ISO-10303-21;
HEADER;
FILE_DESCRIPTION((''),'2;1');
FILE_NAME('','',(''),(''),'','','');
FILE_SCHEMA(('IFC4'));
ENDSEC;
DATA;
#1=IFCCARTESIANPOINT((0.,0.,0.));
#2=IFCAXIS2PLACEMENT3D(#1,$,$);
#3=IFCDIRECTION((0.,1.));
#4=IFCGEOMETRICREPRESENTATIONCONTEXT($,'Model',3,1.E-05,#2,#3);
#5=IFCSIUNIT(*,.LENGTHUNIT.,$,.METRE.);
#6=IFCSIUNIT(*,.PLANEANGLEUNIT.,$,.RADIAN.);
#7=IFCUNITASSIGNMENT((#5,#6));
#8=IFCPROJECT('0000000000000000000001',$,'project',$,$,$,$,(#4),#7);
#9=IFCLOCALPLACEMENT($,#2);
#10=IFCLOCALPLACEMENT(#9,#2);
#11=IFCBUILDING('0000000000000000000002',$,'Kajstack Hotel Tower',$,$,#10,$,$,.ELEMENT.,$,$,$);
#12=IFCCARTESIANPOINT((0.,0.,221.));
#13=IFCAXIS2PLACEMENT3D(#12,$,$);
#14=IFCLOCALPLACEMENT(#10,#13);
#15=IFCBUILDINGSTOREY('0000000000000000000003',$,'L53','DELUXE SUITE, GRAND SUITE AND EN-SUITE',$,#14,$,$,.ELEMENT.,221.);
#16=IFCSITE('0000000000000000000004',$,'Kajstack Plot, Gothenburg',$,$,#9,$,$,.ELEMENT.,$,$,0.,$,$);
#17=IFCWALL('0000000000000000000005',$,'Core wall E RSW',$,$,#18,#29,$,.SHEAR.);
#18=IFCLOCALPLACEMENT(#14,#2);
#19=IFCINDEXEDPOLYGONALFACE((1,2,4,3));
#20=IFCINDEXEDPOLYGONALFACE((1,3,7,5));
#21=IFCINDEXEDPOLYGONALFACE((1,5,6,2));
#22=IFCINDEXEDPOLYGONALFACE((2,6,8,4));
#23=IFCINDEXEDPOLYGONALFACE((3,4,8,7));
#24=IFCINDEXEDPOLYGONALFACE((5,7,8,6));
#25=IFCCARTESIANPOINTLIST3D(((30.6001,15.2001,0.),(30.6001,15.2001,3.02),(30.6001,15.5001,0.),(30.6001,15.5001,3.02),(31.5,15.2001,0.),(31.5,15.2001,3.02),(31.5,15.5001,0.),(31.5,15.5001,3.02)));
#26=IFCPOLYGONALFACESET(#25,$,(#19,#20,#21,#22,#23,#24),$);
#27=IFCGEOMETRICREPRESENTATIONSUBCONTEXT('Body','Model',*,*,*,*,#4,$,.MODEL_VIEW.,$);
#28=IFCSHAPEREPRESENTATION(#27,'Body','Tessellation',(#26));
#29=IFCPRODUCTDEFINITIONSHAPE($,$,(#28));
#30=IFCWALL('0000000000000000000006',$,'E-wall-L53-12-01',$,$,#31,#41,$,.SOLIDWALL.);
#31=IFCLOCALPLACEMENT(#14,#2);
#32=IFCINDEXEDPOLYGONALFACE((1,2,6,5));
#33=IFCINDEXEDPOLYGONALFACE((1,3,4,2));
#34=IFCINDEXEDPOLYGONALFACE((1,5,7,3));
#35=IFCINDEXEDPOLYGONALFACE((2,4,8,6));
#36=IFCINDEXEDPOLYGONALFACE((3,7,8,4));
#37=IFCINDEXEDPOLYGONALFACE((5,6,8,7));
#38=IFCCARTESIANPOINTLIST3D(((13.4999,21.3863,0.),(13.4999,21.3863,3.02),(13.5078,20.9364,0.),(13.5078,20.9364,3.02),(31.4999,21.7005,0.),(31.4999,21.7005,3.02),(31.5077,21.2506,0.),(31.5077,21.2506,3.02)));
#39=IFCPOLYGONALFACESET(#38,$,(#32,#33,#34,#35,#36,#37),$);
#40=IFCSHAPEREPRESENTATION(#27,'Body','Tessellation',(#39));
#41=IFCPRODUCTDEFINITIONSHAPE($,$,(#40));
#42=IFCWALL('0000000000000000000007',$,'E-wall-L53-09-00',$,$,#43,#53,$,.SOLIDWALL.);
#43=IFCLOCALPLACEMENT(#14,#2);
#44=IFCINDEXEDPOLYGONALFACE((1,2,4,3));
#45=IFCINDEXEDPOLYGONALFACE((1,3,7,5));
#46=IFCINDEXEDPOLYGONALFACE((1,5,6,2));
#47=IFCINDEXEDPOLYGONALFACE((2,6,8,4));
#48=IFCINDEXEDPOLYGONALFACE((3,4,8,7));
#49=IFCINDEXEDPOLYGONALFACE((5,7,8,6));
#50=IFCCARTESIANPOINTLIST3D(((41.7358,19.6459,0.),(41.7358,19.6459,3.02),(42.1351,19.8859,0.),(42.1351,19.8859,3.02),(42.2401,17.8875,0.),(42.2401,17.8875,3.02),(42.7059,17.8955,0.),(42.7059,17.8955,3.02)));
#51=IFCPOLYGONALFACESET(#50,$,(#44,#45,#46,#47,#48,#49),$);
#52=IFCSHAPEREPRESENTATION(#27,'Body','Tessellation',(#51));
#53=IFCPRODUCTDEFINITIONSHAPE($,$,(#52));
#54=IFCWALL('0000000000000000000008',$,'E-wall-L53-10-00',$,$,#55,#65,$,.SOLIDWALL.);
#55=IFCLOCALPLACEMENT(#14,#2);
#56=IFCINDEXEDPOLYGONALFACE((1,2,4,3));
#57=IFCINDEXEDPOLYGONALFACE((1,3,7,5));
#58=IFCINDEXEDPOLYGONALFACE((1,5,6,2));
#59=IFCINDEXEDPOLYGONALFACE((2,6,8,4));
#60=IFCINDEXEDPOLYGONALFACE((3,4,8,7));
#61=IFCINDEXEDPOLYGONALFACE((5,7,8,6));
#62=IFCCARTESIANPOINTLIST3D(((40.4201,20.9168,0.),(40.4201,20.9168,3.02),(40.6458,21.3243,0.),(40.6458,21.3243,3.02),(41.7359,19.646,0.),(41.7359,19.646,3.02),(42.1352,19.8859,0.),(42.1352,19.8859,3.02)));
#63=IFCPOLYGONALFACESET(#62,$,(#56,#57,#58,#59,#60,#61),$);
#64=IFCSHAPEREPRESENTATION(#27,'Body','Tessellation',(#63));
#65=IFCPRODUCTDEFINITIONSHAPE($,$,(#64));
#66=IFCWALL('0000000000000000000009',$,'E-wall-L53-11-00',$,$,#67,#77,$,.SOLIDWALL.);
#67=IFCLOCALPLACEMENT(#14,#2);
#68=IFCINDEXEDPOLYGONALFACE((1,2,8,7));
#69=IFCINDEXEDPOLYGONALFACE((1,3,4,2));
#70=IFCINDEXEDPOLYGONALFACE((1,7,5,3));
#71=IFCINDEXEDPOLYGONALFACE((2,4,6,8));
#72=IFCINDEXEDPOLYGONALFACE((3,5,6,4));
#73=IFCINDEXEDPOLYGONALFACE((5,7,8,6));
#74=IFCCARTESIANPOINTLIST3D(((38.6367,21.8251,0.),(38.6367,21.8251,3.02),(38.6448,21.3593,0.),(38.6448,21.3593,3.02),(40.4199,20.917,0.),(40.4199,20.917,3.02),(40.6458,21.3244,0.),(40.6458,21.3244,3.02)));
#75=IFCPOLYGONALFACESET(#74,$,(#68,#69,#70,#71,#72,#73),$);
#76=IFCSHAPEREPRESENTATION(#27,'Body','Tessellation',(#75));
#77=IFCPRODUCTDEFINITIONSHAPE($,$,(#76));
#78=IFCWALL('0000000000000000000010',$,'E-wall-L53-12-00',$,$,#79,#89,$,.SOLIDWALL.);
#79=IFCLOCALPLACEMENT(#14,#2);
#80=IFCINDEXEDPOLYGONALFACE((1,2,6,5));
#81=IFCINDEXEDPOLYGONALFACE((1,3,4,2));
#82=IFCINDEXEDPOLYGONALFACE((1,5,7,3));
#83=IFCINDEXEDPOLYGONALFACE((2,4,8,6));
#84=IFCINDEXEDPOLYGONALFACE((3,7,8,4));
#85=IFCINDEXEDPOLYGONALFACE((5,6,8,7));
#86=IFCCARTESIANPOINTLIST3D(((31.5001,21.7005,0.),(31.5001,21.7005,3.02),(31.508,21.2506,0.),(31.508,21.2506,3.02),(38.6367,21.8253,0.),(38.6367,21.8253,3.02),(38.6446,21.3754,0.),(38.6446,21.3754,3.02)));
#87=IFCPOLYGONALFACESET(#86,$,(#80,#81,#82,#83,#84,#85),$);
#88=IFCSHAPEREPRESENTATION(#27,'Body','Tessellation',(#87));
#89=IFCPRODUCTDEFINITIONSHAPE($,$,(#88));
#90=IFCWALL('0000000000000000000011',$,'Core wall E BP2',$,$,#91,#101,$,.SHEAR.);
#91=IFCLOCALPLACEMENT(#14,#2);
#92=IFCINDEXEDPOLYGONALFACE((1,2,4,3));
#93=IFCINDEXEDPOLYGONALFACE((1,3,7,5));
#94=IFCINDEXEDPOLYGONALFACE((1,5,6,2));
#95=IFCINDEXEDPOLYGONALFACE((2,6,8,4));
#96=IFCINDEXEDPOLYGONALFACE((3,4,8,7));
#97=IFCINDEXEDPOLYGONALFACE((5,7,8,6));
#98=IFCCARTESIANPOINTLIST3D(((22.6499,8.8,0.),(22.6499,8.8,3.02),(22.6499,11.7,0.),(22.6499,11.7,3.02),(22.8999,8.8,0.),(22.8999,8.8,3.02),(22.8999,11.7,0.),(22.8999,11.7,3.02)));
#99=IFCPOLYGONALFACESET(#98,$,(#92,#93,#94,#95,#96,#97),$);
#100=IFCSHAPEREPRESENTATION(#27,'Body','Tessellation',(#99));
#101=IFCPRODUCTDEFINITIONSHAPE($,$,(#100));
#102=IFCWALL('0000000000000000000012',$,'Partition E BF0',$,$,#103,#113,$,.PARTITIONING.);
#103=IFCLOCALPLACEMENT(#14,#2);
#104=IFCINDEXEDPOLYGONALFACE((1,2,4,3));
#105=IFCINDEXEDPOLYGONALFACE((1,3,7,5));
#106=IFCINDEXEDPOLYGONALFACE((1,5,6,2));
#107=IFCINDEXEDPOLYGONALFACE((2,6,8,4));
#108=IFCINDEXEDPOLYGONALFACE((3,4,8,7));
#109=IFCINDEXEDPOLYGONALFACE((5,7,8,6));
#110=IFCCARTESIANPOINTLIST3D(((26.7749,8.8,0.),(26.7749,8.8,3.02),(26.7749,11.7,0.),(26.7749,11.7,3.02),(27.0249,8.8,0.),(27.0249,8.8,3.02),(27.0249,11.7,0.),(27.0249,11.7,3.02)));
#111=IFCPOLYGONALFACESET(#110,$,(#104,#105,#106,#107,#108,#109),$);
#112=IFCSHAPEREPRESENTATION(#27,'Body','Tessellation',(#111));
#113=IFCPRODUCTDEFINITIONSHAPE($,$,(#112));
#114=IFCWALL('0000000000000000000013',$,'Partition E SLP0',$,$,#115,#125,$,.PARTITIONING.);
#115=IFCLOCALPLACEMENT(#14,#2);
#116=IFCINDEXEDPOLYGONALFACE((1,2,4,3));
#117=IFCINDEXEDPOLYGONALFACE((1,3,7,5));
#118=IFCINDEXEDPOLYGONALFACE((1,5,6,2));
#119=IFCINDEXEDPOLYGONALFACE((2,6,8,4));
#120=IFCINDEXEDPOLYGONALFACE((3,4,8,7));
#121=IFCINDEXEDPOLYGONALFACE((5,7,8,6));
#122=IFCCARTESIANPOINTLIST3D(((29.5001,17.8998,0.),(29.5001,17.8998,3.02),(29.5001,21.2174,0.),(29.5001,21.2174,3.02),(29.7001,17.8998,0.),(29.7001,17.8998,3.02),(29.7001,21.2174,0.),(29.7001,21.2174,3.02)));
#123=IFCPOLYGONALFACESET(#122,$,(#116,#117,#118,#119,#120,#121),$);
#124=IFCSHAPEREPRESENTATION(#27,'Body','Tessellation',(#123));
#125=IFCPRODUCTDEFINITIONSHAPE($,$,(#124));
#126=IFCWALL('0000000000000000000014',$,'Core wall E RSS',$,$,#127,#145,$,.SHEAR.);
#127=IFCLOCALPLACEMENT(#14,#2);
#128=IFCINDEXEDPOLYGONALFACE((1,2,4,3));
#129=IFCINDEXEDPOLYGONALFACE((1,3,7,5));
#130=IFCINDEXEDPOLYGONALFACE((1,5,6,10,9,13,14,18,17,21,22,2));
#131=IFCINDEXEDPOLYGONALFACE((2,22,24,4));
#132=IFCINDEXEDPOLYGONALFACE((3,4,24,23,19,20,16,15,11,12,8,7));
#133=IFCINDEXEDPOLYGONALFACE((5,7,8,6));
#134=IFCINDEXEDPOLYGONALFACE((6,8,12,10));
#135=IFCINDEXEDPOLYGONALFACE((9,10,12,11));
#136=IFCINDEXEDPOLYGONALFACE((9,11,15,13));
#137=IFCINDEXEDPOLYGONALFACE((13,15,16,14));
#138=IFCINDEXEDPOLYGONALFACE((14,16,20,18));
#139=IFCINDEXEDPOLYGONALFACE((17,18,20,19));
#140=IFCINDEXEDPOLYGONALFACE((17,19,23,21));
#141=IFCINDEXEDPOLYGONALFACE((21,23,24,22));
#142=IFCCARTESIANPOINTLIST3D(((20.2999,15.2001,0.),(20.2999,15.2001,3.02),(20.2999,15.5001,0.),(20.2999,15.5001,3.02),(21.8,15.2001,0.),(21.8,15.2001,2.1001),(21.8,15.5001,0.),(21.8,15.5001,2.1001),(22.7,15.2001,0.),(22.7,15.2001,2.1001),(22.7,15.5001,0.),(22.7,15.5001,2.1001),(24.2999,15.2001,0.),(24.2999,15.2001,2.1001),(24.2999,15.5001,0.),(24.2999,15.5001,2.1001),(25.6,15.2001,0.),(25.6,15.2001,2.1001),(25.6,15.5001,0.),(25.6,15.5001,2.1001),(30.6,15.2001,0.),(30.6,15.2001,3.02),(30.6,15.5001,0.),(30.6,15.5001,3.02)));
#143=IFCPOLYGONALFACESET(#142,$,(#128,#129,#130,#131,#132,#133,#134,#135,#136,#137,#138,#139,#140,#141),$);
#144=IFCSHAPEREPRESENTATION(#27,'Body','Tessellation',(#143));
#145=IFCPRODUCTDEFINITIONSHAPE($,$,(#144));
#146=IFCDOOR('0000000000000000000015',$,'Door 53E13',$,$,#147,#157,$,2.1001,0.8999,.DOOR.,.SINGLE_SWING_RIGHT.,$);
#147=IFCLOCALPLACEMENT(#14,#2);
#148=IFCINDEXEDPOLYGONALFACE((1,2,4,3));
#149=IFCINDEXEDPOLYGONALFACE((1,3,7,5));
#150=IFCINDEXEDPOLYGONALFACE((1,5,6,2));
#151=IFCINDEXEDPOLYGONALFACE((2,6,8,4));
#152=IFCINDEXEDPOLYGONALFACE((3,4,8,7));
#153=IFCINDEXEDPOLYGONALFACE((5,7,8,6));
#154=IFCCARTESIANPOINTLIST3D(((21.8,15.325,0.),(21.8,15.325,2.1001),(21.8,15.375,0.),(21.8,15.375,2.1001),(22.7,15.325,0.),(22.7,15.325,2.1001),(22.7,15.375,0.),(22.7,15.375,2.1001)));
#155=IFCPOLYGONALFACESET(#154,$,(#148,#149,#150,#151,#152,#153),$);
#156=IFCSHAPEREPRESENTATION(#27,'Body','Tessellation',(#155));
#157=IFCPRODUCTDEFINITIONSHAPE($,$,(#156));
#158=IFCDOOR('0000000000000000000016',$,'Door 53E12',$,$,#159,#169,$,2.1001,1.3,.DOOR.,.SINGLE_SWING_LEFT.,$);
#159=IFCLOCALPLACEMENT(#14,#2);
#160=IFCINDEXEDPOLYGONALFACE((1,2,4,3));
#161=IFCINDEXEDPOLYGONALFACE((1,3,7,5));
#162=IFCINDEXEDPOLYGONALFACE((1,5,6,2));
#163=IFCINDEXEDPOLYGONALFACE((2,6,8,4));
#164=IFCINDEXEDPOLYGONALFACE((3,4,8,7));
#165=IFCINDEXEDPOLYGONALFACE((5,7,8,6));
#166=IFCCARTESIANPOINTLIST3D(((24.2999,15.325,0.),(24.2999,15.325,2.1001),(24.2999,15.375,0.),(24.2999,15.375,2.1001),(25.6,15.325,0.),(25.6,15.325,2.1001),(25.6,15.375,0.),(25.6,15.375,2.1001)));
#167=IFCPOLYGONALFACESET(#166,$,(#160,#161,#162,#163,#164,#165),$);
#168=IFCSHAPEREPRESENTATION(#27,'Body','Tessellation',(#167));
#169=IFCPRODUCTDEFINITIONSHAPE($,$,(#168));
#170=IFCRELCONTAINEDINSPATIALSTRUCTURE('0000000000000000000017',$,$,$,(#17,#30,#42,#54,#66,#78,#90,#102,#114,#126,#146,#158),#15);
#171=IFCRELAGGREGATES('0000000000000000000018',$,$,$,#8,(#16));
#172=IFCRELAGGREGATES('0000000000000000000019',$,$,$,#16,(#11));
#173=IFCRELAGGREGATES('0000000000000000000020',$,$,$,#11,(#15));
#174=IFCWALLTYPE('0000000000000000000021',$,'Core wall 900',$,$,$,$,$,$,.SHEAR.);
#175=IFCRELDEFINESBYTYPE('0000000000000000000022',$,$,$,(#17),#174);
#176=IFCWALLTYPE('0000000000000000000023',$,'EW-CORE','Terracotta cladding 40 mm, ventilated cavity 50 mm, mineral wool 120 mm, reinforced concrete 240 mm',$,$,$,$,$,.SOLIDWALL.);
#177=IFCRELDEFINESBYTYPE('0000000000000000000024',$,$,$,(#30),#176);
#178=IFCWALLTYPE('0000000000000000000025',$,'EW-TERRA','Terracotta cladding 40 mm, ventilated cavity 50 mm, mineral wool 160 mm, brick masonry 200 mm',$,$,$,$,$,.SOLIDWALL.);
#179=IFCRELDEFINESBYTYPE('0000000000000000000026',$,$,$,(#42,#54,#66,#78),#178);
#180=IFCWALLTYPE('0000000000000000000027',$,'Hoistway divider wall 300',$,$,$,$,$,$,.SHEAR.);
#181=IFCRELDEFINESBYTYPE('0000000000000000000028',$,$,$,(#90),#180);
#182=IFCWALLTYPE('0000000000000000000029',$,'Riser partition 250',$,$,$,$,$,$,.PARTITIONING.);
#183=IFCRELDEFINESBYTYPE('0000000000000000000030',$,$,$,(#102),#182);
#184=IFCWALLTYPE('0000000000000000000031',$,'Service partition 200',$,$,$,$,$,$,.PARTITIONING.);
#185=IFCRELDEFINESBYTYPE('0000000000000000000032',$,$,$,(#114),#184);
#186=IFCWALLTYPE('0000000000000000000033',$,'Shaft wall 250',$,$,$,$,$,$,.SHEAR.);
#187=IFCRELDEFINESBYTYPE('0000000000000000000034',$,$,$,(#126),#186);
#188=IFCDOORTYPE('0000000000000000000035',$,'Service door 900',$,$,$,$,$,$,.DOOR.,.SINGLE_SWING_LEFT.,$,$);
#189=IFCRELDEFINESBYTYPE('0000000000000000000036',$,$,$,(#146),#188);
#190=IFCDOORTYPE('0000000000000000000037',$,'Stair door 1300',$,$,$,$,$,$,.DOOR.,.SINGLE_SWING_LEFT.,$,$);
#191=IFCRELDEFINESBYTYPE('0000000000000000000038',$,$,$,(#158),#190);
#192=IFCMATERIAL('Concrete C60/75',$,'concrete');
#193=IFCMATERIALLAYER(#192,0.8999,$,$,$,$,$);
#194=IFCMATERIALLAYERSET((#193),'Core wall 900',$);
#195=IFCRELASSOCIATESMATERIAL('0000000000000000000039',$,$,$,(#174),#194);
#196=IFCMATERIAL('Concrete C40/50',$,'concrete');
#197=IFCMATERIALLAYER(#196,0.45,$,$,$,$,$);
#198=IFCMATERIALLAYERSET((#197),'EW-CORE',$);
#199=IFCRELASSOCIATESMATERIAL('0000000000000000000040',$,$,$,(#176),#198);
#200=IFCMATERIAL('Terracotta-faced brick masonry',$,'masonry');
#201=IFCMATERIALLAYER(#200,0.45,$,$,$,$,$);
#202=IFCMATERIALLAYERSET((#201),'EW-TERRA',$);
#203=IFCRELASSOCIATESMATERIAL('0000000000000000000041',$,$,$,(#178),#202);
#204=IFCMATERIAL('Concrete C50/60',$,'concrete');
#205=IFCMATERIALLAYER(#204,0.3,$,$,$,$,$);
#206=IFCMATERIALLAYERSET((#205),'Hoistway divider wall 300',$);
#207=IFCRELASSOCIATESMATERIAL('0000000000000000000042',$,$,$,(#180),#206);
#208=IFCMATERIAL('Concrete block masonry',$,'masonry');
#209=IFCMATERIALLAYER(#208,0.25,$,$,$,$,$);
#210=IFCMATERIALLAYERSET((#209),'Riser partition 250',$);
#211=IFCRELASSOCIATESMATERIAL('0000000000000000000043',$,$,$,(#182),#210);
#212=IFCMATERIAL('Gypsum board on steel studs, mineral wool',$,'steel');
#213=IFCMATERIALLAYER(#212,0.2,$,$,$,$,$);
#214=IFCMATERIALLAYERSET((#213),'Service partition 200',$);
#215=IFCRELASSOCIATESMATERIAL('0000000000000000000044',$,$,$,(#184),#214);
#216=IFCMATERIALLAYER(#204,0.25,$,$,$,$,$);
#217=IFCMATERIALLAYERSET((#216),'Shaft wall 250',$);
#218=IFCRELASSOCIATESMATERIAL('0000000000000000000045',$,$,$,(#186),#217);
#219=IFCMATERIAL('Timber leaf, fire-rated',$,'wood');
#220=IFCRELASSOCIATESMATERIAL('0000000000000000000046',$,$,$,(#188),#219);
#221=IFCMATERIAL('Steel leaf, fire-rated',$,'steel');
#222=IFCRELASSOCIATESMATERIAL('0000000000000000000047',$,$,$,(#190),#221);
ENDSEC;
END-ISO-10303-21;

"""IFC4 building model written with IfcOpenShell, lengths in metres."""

from ifc_helpers import new_model, si_unit, direction, frame, frame_2d, origin, place, context, subcontext, project, spatial, polyline, rectangle, outline, extrude, material, layer, layer_set, type_object, element, fill, save


model = new_model("IFC4")

# Units and contexts
model_context = context("Model", 3, precision=1e-05, world=origin(), true_north=direction((0.0, 1.0)))
body_context = subcontext(model_context, "Body", "Model", "MODEL_VIEW")
ifc_project = project(units=[si_unit("LENGTHUNIT", "METRE"), si_unit("PLANEANGLEUNIT", "RADIAN")], contexts=[model_context])

# Site, building, storey
site_placement = place(None, origin())
site = spatial("IfcSite", under=ifc_project, at=site_placement, Name="Kajstack Plot, Gothenburg", CompositionType="ELEMENT", RefElevation=0.0)
building_placement = place(site_placement, origin())
building = spatial("IfcBuilding", under=site, at=building_placement, Name="Kajstack Hotel Tower", CompositionType="ELEMENT")
storey_placement = place(building_placement, frame((0.0, 0.0, 221.0)))
storey = spatial("IfcBuildingStorey", under=building, at=storey_placement, Name="L53", Description="DELUXE SUITE, GRAND SUITE AND EN-SUITE", CompositionType="ELEMENT", Elevation=221.0)

# Walls
ifc_material_1 = material(Name="Concrete C60/75", Category="concrete")
ifc_layer_1 = layer(ifc_material_1, 0.8999)
ifc_layer_set_1 = layer_set([ifc_layer_1], Name="Core wall 900")
wall_type_1 = type_object("IfcWallType", Name="Core wall 900", PredefinedType="SHEAR", material=ifc_layer_set_1)
wall_1_placement = place(storey_placement, frame((30.6001, 15.3501, 0.0), z_axis=(0.0, 0.0, 1.0), x_axis=(1.0, 0.0, 0.0)))
element("IfcWall", 1, at=wall_1_placement, inside=storey, type_object=wall_type_1, Name="Core wall E RSW", PredefinedType="SHEAR", context=body_context, shape_type="SweptSolid", body=[
    extrude(rectangle(XDim=0.8999, YDim=0.3, at=frame_2d((0.45, 0.0))), origin(), (0.0, 0.0, 1.0), 3.02),
])
ifc_material_2 = material(Name="Concrete C40/50", Category="concrete")
ifc_layer_2 = layer(ifc_material_2, 0.45)
ifc_layer_set_2 = layer_set([ifc_layer_2], Name="EW-CORE")
wall_type_2 = type_object("IfcWallType", Name="EW-CORE", Description="Terracotta cladding 40 mm, ventilated cavity 50 mm, mineral wool 120 mm, reinforced concrete 240 mm", PredefinedType="SOLIDWALL", material=ifc_layer_set_2)
wall_2_placement = place(storey_placement, frame((31.5039, 21.4756, 0.0), z_axis=(0.0, 0.0, 1.0), x_axis=(-0.999848, -0.017453, 0.0)))
element("IfcWall", 2, at=wall_2_placement, inside=storey, type_object=wall_type_2, Name="E-wall-L53-12-01", PredefinedType="SOLIDWALL", context=body_context, shape_type="SweptSolid", body=[
    extrude(rectangle(XDim=18.0027, YDim=0.45, at=frame_2d((9.0015, 0.0))), origin(), (0.0, 0.0, 1.0), 3.02),
])
ifc_material_3 = material(Name="Terracotta-faced brick masonry", Category="masonry")
ifc_layer_3 = layer(ifc_material_3, 0.45)
ifc_layer_set_3 = layer_set([ifc_layer_3], Name="EW-TERRA")
wall_type_3 = type_object("IfcWallType", Name="EW-TERRA", Description="Terracotta cladding 40 mm, ventilated cavity 50 mm, mineral wool 160 mm, brick masonry 200 mm", PredefinedType="SOLIDWALL", material=ifc_layer_set_3)
wall_3_placement = place(storey_placement, frame((42.4895, 17.8335, 0.0), z_axis=(0.0, 0.0, 1.0), x_axis=(-0.275546, 0.961288, 0.0)))
element("IfcWall", 3, at=wall_3_placement, inside=storey, type_object=wall_type_3, Name="E-wall-L53-09-00", PredefinedType="SOLIDWALL", context=body_context, shape_type="SweptSolid", body=[
    extrude(outline(polyline([(0.0, -0.2251), (2.0706, -0.2249), (1.95, 0.2251), (0.1206, 0.2249), (0.0, -0.2251)])), origin(), (0.0, 0.0, 1.0), 3.02),
])
wall_4_placement = place(storey_placement, frame((41.979, 19.7241, 0.0), z_axis=(0.0, 0.0, 1.0), x_axis=(-0.719379, 0.694618, 0.0)))
element("IfcWall", 4, at=wall_4_placement, inside=storey, type_object=wall_type_3, Name="E-wall-L53-10-00", PredefinedType="SOLIDWALL", context=body_context, shape_type="SweptSolid", body=[
    extrude(outline(polyline([(0.0, -0.2249), (2.0706, -0.2251), (1.95, 0.2249), (0.1206, 0.2251), (0.0, -0.2249)])), origin(), (0.0, 0.0, 1.0), 3.02),
])
wall_5_placement = place(storey_placement, frame((40.5913, 21.106, 0.0), z_axis=(0.0, 0.0, 1.0), x_axis=(-0.970288, 0.241953, 0.0)))
element("IfcWall", 5, at=wall_5_placement, inside=storey, type_object=wall_type_3, Name="E-wall-L53-11-00", PredefinedType="SOLIDWALL", context=body_context, shape_type="SweptSolid", body=[
    extrude(outline(polyline([(0.0, -0.2251), (2.0706, -0.2249), (1.95, 0.2251), (0.1206, 0.2249), (0.0, -0.2251)])), origin(), (0.0, 0.0, 1.0), 3.02),
])
wall_6_placement = place(storey_placement, frame((38.6406, 21.6003, 0.0), z_axis=(0.0, 0.0, 1.0), x_axis=(-0.999847, -0.017478, 0.0)))
element("IfcWall", 6, at=wall_6_placement, inside=storey, type_object=wall_type_3, Name="E-wall-L53-12-00", PredefinedType="SOLIDWALL", context=body_context, shape_type="SweptSolid", body=[
    extrude(rectangle(XDim=7.1377, YDim=0.45, at=frame_2d((3.5688, 0.0))), origin(), (0.0, 0.0, 1.0), 3.02),
])
ifc_material_4 = material(Name="Concrete C50/60", Category="concrete")
ifc_layer_4 = layer(ifc_material_4, 0.3)
ifc_layer_set_4 = layer_set([ifc_layer_4], Name="Hoistway divider wall 300")
wall_type_4 = type_object("IfcWallType", Name="Hoistway divider wall 300", PredefinedType="SHEAR", material=ifc_layer_set_4)
wall_7_placement = place(storey_placement, frame((22.7749, 8.8, 0.0), z_axis=(0.0, 0.0, 1.0), x_axis=(0.0, 1.0, 0.0)))
element("IfcWall", 7, at=wall_7_placement, inside=storey, type_object=wall_type_4, Name="Core wall E BP2", PredefinedType="SHEAR", context=body_context, shape_type="SweptSolid", body=[
    extrude(rectangle(XDim=2.8999, YDim=0.25, at=frame_2d((1.45, 0.0))), origin(), (0.0, 0.0, 1.0), 3.02),
])
ifc_material_5 = material(Name="Concrete block masonry", Category="masonry")
ifc_layer_5 = layer(ifc_material_5, 0.25)
ifc_layer_set_5 = layer_set([ifc_layer_5], Name="Riser partition 250")
wall_type_5 = type_object("IfcWallType", Name="Riser partition 250", PredefinedType="PARTITIONING", material=ifc_layer_set_5)
wall_8_placement = place(storey_placement, frame((26.8999, 8.8, 0.0), z_axis=(0.0, 0.0, 1.0), x_axis=(0.0, 1.0, 0.0)))
element("IfcWall", 8, at=wall_8_placement, inside=storey, type_object=wall_type_5, Name="Partition E BF0", PredefinedType="PARTITIONING", context=body_context, shape_type="SweptSolid", body=[
    extrude(rectangle(XDim=2.8999, YDim=0.25, at=frame_2d((1.45, 0.0))), origin(), (0.0, 0.0, 1.0), 3.02),
])
ifc_material_6 = material(Name="Gypsum board on steel studs, mineral wool", Category="steel")
ifc_layer_6 = layer(ifc_material_6, 0.2)
ifc_layer_set_6 = layer_set([ifc_layer_6], Name="Service partition 200")
wall_type_6 = type_object("IfcWallType", Name="Service partition 200", PredefinedType="PARTITIONING", material=ifc_layer_set_6)
wall_9_placement = place(storey_placement, frame((29.6001, 17.8999, 0.0), z_axis=(0.0, 0.0, 1.0), x_axis=(0.0, 1.0, 0.0)))
element("IfcWall", 9, at=wall_9_placement, inside=storey, type_object=wall_type_6, Name="Partition E SLP0", PredefinedType="PARTITIONING", context=body_context, shape_type="SweptSolid", body=[
    extrude(rectangle(XDim=3.3176, YDim=0.2, at=frame_2d((1.6587, 0.0))), origin(), (0.0, 0.0, 1.0), 3.02),
])

# Wall, openings, doors
ifc_layer_7 = layer(ifc_material_4, 0.25)
ifc_layer_set_7 = layer_set([ifc_layer_7], Name="Shaft wall 250")
wall_type_7 = type_object("IfcWallType", Name="Shaft wall 250", PredefinedType="SHEAR", material=ifc_layer_set_7)
wall_10_placement = place(storey_placement, frame((20.3, 15.3501, 0.0), z_axis=(0.0, 0.0, 1.0), x_axis=(1.0, 0.0, 0.0)))
wall_10 = element("IfcWall", 10, at=wall_10_placement, inside=storey, type_object=wall_type_7, Name="Core wall E RSS", PredefinedType="SHEAR", context=body_context, shape_type="SweptSolid", body=[
    extrude(rectangle(XDim=10.3, YDim=0.3, at=frame_2d((5.1499, 0.0))), origin(), (0.0, 0.0, 1.0), 3.02),
])
opening_1_placement = place(wall_10_placement, frame((4.0, 0.0, 0.0)))
opening_1 = element("IfcOpeningElement", 11, at=opening_1_placement, cuts=wall_10, PredefinedType="OPENING", context=body_context, shape_type="SweptSolid", body=[
    extrude(rectangle(XDim=1.3, YDim=2.1001, at=frame_2d((0.6499, 1.05))), frame((0.0, 0.1599, 0.0), z_axis=(0.0, -1.0, 0.0), x_axis=(1.0, 0.0, 0.0)), (0.0, 0.0, 1.0), 0.3201),
])
opening_2_placement = place(wall_10_placement, frame((1.5, 0.0, 0.0)))
opening_2 = element("IfcOpeningElement", 12, at=opening_2_placement, cuts=wall_10, PredefinedType="OPENING", context=body_context, shape_type="SweptSolid", body=[
    extrude(rectangle(XDim=0.8999, YDim=2.1001, at=frame_2d((0.45, 1.05))), frame((0.0, 0.1599, 0.0), z_axis=(0.0, -1.0, 0.0), x_axis=(1.0, 0.0, 0.0)), (0.0, 0.0, 1.0), 0.3201),
])
ifc_material_7 = material(Name="Timber leaf, fire-rated", Category="wood")
door_type_1 = type_object("IfcDoorType", Name="Service door 900", OperationType="SINGLE_SWING_LEFT", PredefinedType="DOOR", material=ifc_material_7)
door_1_placement = place(opening_2_placement, origin())
door_1 = element("IfcDoor", 13, at=door_1_placement, inside=storey, type_object=door_type_1, Name="Door 53E13", OperationType="SINGLE_SWING_RIGHT", OverallHeight=2.1001, OverallWidth=0.8999, PredefinedType="DOOR", context=body_context, shape_type="SweptSolid", body=[
    extrude(rectangle(XDim=0.8999, YDim=2.1001, at=frame_2d((0.45, 1.05))), frame((0.0, 0.0249, 0.0), z_axis=(0.0, -1.0, 0.0), x_axis=(1.0, 0.0, 0.0)), (0.0, 0.0, 1.0), 0.05),
])
fill(opening_2, door_1)
ifc_material_8 = material(Name="Steel leaf, fire-rated", Category="steel")
door_type_2 = type_object("IfcDoorType", Name="Stair door 1300", OperationType="SINGLE_SWING_LEFT", PredefinedType="DOOR", material=ifc_material_8)
door_2_placement = place(opening_1_placement, origin())
door_2 = element("IfcDoor", 14, at=door_2_placement, inside=storey, type_object=door_type_2, Name="Door 53E12", OperationType="SINGLE_SWING_LEFT", OverallHeight=2.1001, OverallWidth=1.3, PredefinedType="DOOR", context=body_context, shape_type="SweptSolid", body=[
    extrude(rectangle(XDim=1.3, YDim=2.1001, at=frame_2d((0.6499, 1.05))), frame((0.0, 0.0249, 0.0), z_axis=(0.0, -1.0, 0.0), x_axis=(1.0, 0.0, 0.0)), (0.0, 0.0, 1.0), 0.05),
])
fill(opening_1, door_2)

save(model, "model.ifc")
